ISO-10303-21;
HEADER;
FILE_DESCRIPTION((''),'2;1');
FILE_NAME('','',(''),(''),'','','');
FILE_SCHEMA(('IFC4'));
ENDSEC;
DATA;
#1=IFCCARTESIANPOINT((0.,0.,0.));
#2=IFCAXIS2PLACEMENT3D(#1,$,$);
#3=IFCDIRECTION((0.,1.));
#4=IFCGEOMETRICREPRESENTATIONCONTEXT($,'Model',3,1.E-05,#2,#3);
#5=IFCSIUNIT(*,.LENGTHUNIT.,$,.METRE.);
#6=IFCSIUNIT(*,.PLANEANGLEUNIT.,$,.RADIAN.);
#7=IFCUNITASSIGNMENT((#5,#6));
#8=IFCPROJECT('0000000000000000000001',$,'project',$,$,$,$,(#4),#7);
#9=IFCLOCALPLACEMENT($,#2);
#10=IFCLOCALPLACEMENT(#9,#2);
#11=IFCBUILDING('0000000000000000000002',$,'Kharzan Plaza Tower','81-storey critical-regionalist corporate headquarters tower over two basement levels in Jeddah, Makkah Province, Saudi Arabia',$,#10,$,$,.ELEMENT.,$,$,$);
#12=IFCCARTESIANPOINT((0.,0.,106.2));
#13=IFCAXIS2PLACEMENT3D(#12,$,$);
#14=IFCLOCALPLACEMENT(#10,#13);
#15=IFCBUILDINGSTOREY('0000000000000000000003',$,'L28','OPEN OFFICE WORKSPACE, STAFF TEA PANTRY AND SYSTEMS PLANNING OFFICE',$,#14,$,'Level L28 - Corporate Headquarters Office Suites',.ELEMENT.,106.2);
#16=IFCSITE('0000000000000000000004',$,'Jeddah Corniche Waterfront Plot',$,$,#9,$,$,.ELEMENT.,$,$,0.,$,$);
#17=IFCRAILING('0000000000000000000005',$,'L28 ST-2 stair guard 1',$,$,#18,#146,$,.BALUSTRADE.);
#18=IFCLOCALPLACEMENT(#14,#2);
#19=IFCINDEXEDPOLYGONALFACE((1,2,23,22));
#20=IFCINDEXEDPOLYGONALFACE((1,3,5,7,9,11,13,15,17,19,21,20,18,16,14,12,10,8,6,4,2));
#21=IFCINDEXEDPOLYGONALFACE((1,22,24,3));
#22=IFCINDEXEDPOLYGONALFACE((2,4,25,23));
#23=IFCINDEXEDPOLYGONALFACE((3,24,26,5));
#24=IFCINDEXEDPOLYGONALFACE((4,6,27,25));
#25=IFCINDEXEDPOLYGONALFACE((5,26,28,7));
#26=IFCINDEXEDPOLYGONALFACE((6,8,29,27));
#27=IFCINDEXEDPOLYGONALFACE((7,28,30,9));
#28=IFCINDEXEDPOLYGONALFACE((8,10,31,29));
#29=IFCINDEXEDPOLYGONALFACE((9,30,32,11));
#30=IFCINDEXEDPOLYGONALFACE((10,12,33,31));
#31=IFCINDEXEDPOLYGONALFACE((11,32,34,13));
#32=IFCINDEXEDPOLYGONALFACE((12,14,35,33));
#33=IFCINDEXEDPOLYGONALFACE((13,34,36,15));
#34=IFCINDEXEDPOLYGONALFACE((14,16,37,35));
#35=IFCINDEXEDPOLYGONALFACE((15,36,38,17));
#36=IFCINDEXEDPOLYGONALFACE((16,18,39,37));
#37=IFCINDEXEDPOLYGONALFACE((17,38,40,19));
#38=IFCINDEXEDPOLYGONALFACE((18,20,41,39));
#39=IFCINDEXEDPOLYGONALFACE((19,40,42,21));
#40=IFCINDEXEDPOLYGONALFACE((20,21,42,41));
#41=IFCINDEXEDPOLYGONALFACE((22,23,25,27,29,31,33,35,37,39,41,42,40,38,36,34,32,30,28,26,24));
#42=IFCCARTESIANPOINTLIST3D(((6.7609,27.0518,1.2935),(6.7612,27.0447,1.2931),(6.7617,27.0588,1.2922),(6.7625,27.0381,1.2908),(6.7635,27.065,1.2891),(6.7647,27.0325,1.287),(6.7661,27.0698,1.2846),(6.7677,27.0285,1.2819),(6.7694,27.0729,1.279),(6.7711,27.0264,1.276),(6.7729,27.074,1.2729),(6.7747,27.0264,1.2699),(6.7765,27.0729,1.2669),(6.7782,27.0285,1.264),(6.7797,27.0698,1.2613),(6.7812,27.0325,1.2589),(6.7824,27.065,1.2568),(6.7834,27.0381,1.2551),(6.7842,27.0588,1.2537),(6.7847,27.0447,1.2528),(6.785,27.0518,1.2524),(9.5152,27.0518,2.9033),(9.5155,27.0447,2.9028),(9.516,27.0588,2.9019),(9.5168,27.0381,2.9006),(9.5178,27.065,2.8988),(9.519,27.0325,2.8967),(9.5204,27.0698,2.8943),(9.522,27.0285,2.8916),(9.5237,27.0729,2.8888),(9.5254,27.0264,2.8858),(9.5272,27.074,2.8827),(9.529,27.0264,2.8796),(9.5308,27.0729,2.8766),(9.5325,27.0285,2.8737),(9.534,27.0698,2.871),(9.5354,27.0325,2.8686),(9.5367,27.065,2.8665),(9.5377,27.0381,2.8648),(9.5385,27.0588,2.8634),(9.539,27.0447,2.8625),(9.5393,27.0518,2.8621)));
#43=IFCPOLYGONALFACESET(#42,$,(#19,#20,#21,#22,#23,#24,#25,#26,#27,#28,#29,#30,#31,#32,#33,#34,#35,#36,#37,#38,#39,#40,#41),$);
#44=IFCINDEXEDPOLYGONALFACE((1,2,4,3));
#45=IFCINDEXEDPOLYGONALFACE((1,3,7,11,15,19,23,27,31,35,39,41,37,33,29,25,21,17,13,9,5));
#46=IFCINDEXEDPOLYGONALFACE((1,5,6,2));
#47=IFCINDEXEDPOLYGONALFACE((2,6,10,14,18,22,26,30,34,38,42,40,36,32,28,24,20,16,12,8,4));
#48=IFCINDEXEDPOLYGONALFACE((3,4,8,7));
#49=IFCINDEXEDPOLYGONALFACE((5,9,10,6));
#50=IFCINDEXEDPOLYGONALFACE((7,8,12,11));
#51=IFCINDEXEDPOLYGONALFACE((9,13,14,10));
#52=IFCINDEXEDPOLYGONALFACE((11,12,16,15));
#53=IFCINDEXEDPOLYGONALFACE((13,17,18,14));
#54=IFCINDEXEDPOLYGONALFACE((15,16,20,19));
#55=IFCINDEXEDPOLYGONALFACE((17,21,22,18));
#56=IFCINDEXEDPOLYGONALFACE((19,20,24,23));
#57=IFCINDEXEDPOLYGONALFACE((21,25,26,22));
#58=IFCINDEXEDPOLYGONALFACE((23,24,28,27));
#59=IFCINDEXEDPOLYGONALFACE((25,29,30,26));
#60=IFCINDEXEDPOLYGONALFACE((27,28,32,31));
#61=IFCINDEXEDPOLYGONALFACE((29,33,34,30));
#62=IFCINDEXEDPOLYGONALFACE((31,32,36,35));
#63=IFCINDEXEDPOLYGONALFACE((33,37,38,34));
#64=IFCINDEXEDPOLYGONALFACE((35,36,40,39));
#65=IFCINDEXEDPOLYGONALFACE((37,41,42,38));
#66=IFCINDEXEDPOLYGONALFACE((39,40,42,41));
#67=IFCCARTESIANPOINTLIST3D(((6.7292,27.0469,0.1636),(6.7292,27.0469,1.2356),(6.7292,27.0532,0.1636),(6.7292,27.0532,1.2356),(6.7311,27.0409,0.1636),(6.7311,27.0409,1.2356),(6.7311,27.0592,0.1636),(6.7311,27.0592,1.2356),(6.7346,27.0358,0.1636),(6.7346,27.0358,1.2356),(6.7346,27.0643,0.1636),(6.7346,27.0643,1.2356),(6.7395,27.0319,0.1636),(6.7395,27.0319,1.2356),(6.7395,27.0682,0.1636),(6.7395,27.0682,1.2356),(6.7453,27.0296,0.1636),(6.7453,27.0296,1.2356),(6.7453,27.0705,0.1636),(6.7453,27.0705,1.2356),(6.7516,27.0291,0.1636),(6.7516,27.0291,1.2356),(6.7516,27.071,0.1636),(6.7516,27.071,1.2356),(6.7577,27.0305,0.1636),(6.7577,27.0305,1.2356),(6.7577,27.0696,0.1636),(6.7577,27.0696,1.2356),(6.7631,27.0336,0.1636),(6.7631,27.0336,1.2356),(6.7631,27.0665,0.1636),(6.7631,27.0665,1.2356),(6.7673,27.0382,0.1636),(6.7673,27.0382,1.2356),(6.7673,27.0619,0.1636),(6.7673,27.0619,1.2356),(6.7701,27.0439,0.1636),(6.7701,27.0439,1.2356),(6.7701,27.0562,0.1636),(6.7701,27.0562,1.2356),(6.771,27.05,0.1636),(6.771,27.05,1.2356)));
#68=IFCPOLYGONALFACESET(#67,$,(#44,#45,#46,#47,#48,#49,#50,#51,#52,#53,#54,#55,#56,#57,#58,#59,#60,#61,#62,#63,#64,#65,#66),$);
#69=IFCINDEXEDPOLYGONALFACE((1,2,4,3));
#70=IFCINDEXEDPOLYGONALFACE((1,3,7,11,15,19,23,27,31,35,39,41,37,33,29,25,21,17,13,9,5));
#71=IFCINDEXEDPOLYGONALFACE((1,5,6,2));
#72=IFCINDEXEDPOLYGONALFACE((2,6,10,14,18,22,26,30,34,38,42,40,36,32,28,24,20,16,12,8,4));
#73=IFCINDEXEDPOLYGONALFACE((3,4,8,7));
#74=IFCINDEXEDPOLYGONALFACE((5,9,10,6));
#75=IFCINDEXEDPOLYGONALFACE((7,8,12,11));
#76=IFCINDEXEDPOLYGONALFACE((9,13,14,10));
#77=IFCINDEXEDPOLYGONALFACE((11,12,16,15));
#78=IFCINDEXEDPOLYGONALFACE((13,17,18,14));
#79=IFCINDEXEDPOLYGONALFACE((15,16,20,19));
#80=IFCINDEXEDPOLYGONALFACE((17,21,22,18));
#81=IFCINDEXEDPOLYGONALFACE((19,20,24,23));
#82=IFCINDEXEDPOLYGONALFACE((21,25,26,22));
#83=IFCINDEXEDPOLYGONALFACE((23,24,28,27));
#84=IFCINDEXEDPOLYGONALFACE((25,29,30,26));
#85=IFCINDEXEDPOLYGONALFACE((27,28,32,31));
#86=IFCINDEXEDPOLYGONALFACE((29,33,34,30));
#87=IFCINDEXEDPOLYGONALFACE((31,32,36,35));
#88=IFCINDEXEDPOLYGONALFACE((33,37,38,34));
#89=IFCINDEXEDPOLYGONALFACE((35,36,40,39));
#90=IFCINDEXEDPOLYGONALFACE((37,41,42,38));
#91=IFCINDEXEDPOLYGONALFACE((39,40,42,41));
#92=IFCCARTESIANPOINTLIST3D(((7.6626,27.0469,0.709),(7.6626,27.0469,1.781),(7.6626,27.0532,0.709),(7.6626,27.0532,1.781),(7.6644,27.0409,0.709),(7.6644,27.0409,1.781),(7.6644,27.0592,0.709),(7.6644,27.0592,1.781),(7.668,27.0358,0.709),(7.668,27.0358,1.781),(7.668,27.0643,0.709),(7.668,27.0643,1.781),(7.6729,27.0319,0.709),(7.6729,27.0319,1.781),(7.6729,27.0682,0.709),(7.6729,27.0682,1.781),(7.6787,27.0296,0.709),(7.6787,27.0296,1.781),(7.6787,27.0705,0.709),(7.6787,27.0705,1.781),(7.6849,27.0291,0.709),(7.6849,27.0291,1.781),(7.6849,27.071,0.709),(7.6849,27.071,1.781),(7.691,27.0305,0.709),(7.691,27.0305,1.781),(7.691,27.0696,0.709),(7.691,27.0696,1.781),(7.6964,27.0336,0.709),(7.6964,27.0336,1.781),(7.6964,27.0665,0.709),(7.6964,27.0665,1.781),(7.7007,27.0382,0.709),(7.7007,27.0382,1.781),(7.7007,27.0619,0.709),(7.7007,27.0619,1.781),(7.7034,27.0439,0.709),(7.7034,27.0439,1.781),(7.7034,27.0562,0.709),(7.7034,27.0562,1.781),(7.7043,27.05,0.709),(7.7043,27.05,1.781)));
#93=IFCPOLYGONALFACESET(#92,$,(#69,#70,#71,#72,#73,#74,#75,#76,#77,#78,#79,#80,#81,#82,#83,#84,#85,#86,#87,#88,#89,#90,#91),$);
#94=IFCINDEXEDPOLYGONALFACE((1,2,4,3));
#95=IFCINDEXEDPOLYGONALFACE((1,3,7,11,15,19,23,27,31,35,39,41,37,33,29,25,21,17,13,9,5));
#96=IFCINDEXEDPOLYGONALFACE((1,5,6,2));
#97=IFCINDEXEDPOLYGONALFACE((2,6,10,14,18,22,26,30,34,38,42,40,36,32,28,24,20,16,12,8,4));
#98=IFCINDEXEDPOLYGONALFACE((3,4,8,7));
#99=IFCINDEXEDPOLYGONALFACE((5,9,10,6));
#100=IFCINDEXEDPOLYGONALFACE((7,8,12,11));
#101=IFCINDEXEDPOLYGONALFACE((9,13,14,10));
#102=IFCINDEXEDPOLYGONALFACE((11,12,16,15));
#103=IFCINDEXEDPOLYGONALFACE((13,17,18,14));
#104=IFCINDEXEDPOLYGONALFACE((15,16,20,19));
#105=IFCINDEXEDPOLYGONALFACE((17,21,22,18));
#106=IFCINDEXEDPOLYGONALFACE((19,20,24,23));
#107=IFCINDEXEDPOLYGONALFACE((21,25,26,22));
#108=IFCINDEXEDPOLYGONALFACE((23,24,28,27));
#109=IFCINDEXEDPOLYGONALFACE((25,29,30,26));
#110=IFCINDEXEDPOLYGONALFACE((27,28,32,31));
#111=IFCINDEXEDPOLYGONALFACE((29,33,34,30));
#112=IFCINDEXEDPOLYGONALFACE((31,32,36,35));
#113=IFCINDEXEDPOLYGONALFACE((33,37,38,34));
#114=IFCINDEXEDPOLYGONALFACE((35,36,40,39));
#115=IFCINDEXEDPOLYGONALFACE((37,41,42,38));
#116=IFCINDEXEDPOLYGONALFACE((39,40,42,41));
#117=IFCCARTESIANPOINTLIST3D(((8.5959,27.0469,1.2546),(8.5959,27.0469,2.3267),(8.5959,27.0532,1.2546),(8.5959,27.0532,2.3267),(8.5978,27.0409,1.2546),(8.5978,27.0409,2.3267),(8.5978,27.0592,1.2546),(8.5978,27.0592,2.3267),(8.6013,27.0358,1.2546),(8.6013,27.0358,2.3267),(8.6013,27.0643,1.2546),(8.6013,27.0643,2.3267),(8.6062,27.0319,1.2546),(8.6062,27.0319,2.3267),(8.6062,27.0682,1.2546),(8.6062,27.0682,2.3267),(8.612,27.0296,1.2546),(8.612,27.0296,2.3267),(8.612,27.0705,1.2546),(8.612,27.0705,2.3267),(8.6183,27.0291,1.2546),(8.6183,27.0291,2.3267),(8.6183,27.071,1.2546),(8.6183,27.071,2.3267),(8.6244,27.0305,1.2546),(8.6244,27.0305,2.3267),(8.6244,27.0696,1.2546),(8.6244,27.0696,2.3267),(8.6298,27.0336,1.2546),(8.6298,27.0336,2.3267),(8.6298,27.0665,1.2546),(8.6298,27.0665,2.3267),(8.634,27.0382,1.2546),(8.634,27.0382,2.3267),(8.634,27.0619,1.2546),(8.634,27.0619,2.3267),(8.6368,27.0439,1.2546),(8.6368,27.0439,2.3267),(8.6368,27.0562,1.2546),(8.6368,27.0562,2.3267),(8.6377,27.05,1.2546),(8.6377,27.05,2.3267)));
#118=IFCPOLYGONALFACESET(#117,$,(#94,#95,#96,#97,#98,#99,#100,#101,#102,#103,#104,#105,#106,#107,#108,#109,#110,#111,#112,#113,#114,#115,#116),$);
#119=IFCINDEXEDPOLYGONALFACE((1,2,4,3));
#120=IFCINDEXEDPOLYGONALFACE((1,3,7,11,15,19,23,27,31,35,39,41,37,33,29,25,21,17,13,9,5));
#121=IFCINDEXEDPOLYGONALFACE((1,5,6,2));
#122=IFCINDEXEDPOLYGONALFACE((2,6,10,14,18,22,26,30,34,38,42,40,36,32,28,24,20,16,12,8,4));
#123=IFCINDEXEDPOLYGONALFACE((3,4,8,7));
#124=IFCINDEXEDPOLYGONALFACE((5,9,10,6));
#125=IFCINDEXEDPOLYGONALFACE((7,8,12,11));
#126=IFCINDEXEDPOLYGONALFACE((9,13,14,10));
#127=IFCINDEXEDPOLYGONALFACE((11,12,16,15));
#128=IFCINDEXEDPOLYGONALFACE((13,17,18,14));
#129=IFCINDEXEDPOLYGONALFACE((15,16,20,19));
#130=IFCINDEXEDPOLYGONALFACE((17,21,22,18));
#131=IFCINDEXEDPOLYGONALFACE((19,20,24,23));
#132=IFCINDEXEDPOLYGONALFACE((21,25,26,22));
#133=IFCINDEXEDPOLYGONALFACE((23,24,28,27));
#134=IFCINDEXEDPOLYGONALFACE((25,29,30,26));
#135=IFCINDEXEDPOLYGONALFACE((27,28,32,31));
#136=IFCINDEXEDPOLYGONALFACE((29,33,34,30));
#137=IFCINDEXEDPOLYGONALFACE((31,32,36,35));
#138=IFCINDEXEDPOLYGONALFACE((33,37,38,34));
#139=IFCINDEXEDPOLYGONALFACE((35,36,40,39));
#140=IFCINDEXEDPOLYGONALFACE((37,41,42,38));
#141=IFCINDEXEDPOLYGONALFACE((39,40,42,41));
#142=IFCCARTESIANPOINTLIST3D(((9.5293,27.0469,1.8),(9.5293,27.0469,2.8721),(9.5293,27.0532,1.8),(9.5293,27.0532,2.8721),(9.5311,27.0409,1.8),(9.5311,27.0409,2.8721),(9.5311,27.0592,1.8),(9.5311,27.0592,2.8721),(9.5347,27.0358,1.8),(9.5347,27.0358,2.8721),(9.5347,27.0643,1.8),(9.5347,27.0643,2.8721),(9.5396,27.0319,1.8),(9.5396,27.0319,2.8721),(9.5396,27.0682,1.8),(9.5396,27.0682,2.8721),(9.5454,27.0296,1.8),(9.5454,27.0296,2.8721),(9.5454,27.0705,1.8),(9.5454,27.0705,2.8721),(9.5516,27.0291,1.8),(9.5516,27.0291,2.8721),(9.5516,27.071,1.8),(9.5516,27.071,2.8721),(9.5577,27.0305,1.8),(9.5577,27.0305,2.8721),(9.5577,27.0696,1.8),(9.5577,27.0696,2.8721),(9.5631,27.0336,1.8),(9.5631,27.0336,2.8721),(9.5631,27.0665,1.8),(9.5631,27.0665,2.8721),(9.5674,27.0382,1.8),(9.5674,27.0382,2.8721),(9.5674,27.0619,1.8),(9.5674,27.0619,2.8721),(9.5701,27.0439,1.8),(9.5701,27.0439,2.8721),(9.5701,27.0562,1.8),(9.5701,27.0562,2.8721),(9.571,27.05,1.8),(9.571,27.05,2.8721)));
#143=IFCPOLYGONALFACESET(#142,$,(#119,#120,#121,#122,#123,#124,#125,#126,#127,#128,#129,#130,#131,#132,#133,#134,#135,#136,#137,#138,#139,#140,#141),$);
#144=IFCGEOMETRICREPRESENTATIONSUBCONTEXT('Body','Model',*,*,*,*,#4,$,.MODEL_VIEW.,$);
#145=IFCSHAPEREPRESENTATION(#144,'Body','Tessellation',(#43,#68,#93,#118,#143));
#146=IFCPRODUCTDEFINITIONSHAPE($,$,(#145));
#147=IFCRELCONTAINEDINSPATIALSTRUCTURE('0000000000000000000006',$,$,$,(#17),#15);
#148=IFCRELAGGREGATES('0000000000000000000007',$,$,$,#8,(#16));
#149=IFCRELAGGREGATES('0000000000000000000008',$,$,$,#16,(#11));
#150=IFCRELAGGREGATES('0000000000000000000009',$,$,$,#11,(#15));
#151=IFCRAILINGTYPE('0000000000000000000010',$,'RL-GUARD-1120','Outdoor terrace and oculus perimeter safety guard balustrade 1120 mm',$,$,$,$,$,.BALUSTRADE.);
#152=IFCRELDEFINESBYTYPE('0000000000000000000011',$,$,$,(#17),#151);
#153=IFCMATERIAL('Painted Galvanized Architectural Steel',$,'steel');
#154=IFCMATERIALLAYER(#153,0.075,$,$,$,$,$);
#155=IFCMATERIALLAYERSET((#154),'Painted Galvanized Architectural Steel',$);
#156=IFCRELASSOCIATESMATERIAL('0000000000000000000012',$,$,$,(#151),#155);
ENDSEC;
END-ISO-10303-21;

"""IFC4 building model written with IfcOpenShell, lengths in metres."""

from ifc_helpers import new_model, si_unit, direction, frame, origin, origin_2d, place, context, subcontext, project, spatial, circle, extrude, source, transform, mapped, material, layer, layer_set, type_object, element, save


model = new_model("IFC4")

# Units and contexts
model_context = context("Model", 3, precision=1e-05, world=origin(), true_north=direction((0.0, 1.0)))
body_context = subcontext(model_context, "Body", "Model", "MODEL_VIEW")
ifc_project = project(units=[si_unit("LENGTHUNIT", "METRE"), si_unit("PLANEANGLEUNIT", "RADIAN")], contexts=[model_context])

# Site, building, storey
site_placement = place(None, origin())
site = spatial("IfcSite", under=ifc_project, at=site_placement, Name="Jeddah Corniche Waterfront Plot", CompositionType="ELEMENT", RefElevation=0.0)
building_placement = place(site_placement, origin())
building = spatial("IfcBuilding", under=site, at=building_placement, Name="Kharzan Plaza Tower", Description="81-storey critical-regionalist corporate headquarters tower over two basement levels in Jeddah, Makkah Province, Saudi Arabia", CompositionType="ELEMENT")
storey_placement = place(building_placement, frame((0.0, 0.0, 106.2)))
storey = spatial("IfcBuildingStorey", under=building, at=storey_placement, Name="L28", Description="OPEN OFFICE WORKSPACE, STAFF TEA PANTRY AND SYSTEMS PLANNING OFFICE", LongName="Level L28 - Corporate Headquarters Office Suites", CompositionType="ELEMENT", Elevation=106.2)

# Railing
ifc_material_1 = material(Name="Painted Galvanized Architectural Steel", Category="steel")
ifc_layer_1 = layer(ifc_material_1, 0.075)
ifc_layer_set_1 = layer_set([ifc_layer_1], Name="Painted Galvanized Architectural Steel")
railing_type_1 = type_object("IfcRailingType", Name="RL-GUARD-1120", Description="Outdoor terrace and oculus perimeter safety guard balustrade 1120 mm", PredefinedType="BALUSTRADE", material=ifc_layer_set_1)
shared_shape_1 = source(origin(), body_context, "Body", "SweptSolid", [
    extrude(circle(Radius=0.0239, at=origin_2d()), frame((0.0229, 0.0, 1.1094), z_axis=(0.863361, 0.0, 0.504587), x_axis=(0.0, 1.0, 0.0)), (0.0, 0.0, 1.0), 3.1902),
    extrude(circle(Radius=0.021, at=origin_2d()), origin(), (0.0, 0.0, 1.0), 1.072),
    extrude(circle(Radius=0.021, at=origin_2d()), frame((0.9333, 0.0, 0.5454)), (0.0, 0.0, 1.0), 1.072),
    extrude(circle(Radius=0.021, at=origin_2d()), frame((1.8667, 0.0, 1.0911)), (0.0, 0.0, 1.0), 1.072),
    extrude(circle(Radius=0.021, at=origin_2d()), frame((2.8, 0.0, 1.6365)), (0.0, 0.0, 1.0), 1.072),
])
railing_1_placement = place(storey_placement, frame((6.75, 27.05, 0.1636)))
element("IfcRailing", 1, at=railing_1_placement, inside=storey, type_object=railing_type_1, Name="L28 ST-2 stair guard 1", PredefinedType="BALUSTRADE", context=body_context, shape_type="MappedRepresentation", body=[
    mapped(shared_shape_1, transform((0.0, 0.0, 0.0), x_axis=(1.0, 0.0, 0.0), y_axis=(0.0, 1.0, 0.0), z_axis=(0.0, 0.0, 1.0))),
])

save(model, "model.ifc")
